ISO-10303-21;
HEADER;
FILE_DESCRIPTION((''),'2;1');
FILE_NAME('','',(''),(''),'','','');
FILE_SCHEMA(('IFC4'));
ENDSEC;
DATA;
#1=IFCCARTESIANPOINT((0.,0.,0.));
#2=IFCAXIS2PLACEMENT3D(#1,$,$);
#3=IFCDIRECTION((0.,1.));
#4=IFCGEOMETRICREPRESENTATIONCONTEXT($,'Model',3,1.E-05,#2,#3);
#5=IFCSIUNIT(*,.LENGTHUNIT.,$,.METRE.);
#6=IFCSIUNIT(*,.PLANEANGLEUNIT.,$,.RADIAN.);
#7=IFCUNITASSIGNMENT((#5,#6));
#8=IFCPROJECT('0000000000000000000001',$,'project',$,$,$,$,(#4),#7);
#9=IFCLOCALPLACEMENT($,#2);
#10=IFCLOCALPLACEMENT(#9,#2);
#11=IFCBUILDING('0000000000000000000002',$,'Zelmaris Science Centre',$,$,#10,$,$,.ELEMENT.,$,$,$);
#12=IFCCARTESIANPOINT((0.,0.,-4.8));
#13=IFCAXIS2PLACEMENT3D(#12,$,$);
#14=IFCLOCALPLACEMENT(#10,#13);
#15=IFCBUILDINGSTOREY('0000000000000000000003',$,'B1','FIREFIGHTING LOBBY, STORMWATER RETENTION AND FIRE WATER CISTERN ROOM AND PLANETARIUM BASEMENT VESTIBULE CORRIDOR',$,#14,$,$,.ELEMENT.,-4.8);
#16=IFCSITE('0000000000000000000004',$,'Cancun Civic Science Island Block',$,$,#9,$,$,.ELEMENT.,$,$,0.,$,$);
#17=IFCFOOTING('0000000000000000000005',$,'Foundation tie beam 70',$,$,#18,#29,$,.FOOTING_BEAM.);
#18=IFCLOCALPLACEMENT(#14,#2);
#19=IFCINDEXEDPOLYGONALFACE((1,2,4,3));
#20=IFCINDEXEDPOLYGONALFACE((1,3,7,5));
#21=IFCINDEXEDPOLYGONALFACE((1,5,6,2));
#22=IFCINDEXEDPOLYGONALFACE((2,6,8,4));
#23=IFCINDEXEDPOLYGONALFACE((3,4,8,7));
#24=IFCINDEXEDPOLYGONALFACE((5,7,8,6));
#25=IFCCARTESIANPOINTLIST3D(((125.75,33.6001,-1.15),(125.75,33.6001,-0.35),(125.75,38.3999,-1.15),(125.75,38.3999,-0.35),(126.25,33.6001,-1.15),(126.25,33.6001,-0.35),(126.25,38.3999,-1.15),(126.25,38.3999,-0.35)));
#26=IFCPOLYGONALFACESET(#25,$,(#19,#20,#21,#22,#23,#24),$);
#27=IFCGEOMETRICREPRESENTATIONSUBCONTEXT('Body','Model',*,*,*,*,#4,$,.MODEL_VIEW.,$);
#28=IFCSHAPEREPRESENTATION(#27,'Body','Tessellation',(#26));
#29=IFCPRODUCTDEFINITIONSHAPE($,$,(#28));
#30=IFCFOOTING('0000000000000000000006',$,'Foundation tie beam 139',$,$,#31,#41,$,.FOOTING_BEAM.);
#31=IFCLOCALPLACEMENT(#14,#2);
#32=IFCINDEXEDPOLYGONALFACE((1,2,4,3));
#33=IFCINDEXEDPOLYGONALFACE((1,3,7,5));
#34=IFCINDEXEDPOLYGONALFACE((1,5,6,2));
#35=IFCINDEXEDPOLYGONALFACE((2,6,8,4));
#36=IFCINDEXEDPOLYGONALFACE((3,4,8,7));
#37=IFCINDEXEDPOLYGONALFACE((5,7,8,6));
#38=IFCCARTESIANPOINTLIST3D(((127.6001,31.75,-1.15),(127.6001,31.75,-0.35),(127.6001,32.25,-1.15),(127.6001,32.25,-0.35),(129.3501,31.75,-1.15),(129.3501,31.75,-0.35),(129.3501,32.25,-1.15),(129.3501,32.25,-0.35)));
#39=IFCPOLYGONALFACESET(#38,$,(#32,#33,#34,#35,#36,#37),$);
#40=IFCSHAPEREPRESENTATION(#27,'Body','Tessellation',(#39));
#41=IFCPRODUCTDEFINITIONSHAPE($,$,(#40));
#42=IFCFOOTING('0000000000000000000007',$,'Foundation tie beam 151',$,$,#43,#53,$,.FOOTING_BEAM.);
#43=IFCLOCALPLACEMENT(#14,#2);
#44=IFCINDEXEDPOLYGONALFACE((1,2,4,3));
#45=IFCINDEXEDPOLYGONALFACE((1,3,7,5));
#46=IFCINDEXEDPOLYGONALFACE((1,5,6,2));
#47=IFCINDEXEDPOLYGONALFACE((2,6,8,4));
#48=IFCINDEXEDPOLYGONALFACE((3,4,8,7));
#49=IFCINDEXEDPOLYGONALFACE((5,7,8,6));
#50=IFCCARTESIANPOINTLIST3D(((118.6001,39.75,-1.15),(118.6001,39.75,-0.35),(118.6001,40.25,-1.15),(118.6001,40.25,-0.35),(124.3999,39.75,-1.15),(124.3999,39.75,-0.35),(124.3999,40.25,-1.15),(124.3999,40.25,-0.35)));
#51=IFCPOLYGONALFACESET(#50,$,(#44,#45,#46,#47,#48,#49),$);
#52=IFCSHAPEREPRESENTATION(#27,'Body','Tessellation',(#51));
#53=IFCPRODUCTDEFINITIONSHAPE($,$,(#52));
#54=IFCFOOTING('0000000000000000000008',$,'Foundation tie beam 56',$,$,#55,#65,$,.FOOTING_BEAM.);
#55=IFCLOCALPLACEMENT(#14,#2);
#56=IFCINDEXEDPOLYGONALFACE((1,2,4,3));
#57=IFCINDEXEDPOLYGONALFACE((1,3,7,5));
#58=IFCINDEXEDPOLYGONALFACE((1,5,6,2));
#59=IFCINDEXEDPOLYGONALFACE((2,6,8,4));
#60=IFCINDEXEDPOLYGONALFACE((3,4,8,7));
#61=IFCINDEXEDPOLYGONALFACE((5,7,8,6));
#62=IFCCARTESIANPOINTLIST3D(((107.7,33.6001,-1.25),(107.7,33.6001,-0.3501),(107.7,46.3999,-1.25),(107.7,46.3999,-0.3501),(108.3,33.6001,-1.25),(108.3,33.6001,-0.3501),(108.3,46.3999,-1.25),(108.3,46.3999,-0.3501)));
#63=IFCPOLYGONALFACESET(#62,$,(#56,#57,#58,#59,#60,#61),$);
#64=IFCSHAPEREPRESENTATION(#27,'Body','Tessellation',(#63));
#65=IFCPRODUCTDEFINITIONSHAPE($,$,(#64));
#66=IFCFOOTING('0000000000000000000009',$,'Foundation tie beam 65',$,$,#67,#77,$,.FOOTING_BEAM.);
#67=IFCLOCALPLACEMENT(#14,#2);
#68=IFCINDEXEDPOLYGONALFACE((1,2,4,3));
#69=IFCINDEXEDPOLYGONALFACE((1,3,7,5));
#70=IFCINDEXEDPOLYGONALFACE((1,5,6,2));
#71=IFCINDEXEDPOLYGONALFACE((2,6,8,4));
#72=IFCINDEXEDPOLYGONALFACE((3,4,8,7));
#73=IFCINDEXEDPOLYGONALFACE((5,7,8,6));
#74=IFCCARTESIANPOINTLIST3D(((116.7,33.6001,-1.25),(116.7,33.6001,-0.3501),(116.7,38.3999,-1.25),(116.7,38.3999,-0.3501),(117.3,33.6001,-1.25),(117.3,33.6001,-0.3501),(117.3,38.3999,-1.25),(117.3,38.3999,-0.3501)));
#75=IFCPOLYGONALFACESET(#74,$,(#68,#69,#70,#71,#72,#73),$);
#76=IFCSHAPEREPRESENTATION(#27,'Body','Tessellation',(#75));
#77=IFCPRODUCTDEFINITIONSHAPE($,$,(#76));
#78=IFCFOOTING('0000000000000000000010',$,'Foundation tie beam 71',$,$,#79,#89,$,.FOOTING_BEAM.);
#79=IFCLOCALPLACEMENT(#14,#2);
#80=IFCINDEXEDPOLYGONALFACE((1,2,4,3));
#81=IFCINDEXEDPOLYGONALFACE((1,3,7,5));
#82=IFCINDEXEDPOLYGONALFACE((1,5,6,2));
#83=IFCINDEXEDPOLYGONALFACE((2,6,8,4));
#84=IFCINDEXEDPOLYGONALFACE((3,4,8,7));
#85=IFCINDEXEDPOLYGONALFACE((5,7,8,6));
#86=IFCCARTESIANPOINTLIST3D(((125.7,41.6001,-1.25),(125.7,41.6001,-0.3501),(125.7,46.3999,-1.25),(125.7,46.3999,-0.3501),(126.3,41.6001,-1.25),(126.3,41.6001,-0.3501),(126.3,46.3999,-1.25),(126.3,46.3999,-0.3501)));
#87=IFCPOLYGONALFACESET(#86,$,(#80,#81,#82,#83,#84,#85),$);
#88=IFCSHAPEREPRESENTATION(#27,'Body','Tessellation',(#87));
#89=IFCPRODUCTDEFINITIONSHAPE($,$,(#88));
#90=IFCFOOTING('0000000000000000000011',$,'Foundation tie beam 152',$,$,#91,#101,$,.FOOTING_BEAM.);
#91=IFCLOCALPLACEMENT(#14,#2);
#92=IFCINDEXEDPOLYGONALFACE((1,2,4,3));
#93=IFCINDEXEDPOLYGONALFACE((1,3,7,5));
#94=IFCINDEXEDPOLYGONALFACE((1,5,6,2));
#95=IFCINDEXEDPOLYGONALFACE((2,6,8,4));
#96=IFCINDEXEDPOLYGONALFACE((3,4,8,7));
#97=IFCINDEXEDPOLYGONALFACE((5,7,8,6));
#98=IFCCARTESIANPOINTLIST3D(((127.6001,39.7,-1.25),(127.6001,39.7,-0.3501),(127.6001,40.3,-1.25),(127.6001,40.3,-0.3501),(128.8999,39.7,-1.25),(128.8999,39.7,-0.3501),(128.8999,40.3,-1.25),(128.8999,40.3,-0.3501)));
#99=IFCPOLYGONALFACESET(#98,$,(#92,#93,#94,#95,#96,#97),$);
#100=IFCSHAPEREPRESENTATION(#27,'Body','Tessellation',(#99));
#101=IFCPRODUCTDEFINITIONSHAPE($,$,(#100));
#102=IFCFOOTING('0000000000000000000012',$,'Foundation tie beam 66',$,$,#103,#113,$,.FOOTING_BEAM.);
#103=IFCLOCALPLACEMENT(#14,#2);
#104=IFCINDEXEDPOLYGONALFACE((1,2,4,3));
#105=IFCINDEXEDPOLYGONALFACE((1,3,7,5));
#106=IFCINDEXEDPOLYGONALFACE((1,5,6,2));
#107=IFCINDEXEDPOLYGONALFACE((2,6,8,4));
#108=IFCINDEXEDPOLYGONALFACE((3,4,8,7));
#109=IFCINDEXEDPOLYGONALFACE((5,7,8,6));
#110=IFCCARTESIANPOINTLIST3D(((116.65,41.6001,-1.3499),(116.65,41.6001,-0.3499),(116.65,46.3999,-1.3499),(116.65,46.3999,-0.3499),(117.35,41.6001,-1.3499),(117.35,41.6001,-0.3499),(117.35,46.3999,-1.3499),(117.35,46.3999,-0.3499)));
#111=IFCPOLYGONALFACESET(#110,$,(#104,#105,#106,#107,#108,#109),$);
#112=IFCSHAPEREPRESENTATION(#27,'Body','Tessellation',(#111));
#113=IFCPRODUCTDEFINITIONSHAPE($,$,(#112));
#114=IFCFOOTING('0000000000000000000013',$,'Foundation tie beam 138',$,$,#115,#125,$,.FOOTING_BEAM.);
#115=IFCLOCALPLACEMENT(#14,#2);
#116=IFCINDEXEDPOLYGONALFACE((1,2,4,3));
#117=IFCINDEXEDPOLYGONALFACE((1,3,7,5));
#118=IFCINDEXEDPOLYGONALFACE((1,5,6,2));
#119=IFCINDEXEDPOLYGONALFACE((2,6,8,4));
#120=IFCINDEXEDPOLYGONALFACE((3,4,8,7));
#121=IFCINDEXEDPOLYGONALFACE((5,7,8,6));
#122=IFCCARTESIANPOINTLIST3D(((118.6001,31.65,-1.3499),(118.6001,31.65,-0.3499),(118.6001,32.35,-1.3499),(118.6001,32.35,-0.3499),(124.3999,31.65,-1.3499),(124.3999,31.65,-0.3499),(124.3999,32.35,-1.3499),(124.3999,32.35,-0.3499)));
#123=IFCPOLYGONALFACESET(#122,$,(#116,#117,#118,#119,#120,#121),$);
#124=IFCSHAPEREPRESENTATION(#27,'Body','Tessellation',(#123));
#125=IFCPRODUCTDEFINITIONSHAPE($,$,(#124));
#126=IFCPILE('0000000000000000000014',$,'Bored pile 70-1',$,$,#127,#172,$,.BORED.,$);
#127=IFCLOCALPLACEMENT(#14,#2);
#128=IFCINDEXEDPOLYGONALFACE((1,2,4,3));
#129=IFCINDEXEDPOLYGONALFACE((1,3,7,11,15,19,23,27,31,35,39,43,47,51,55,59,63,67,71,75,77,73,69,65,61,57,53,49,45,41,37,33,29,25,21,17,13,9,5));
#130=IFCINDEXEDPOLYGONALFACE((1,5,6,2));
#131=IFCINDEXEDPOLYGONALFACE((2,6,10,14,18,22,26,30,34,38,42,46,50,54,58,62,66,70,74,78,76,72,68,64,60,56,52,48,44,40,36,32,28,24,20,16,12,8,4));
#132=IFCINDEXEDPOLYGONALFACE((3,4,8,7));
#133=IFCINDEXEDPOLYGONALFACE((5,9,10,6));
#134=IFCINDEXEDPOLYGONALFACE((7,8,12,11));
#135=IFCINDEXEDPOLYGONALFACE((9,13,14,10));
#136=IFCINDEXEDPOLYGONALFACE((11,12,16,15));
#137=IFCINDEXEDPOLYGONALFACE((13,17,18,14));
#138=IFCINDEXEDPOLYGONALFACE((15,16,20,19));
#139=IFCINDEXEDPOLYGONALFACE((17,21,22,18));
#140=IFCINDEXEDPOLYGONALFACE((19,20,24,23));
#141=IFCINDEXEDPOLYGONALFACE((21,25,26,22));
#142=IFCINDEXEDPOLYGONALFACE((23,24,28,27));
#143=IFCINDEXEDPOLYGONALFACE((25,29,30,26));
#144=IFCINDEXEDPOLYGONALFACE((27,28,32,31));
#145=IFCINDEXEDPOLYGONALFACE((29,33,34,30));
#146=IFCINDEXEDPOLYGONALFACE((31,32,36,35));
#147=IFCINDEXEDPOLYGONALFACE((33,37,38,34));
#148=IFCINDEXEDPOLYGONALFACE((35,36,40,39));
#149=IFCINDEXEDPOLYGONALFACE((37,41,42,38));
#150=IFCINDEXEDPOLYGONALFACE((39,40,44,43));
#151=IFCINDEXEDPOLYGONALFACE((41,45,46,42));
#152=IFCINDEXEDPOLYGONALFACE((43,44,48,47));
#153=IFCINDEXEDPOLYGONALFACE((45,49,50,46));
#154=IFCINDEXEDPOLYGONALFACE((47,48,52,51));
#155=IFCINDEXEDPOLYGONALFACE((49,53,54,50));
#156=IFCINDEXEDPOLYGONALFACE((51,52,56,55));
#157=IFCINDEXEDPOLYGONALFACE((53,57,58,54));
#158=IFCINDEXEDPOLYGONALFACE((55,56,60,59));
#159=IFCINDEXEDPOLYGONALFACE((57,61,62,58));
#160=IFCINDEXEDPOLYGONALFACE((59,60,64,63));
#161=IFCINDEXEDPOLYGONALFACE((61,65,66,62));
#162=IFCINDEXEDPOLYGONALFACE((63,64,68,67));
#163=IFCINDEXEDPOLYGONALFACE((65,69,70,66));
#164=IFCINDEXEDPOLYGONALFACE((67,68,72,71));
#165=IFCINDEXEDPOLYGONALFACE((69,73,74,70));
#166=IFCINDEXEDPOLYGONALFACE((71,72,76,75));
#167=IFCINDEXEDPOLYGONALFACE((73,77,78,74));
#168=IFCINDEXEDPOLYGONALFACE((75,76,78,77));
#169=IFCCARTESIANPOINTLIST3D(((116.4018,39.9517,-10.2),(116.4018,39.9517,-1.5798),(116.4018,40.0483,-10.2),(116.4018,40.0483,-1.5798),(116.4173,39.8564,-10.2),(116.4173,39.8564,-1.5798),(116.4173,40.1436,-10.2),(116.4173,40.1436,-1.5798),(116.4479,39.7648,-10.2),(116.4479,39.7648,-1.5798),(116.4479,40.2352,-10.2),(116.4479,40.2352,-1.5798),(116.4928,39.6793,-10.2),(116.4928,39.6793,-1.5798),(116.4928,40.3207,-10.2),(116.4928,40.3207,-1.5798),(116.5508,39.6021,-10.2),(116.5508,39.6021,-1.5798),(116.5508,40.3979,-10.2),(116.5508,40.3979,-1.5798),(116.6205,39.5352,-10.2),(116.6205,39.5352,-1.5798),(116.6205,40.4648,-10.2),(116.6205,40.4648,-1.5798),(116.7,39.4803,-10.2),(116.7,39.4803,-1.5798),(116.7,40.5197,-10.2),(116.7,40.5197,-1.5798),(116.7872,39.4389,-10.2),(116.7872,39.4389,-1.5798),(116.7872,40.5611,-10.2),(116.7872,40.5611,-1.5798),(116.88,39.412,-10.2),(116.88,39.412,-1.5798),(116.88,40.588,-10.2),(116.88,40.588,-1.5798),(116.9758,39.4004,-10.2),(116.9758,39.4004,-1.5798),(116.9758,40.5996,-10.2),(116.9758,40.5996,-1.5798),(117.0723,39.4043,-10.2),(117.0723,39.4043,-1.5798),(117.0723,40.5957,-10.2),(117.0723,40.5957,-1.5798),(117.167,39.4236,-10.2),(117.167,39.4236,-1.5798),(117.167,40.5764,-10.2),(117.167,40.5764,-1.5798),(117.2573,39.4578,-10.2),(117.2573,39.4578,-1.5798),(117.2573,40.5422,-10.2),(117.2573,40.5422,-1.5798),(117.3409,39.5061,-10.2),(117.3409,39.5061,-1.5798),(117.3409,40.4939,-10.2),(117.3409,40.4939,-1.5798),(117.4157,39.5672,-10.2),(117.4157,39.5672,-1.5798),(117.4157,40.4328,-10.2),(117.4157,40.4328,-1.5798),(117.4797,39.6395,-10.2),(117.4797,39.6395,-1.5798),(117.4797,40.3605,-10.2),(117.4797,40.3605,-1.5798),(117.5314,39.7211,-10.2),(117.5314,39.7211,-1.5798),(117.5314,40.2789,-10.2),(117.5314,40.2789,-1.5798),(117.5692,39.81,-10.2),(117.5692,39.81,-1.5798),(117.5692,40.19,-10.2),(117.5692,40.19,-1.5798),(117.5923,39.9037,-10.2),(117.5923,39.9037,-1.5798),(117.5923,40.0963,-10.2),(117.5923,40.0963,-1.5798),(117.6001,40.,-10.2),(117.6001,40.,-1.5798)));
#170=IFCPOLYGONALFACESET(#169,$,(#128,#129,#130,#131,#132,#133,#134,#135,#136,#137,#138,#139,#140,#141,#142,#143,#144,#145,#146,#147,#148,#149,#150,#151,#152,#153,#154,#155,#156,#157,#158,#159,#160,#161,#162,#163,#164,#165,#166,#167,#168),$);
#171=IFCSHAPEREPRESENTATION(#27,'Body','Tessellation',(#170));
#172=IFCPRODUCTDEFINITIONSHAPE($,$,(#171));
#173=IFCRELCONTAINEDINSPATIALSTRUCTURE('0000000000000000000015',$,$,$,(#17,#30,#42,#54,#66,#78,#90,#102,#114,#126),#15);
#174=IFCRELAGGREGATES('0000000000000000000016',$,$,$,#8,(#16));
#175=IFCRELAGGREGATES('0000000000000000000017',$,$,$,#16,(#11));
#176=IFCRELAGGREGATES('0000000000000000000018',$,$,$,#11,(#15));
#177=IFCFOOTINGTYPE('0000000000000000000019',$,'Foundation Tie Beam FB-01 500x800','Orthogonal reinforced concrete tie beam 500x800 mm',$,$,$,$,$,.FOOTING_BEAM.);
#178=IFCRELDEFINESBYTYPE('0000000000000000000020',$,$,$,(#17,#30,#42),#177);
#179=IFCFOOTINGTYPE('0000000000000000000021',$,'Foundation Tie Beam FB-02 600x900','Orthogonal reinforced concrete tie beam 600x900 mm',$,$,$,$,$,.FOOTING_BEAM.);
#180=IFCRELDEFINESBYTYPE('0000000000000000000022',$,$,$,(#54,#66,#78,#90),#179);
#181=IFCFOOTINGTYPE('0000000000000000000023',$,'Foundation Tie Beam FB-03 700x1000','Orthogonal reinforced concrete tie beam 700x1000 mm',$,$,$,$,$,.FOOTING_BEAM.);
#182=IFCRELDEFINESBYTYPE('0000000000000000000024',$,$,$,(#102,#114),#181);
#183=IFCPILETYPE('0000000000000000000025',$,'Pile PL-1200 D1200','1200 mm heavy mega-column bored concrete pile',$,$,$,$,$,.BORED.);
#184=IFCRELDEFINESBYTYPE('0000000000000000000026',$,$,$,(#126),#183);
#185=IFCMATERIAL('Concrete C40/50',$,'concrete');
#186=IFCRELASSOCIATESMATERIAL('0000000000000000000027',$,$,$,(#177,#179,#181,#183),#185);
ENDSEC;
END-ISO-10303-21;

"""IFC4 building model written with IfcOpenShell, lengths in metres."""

from ifc_helpers import new_model, si_unit, direction, frame, origin, origin_2d, place, context, subcontext, project, spatial, rectangle, circle, extrude, material, material_profile, profile_set, type_object, element, save


model = new_model("IFC4")

# Units and contexts
model_context = context("Model", 3, precision=1e-05, world=origin(), true_north=direction((0.0, 1.0)))
body_context = subcontext(model_context, "Body", "Model", "MODEL_VIEW")
ifc_project = project(units=[si_unit("LENGTHUNIT", "METRE"), si_unit("PLANEANGLEUNIT", "RADIAN")], contexts=[model_context])

# Site, building, storey
site_placement = place(None, origin())
site = spatial("IfcSite", under=ifc_project, at=site_placement, Name="Cancun Civic Science Island Block", CompositionType="ELEMENT", RefElevation=0.0)
building_placement = place(site_placement, origin())
building = spatial("IfcBuilding", under=site, at=building_placement, Name="Zelmaris Science Centre", CompositionType="ELEMENT")
storey_placement = place(building_placement, frame((0.0, 0.0, -4.8)))
storey = spatial("IfcBuildingStorey", under=building, at=storey_placement, Name="B1", Description="FIREFIGHTING LOBBY, STORMWATER RETENTION AND FIRE WATER CISTERN ROOM AND PLANETARIUM BASEMENT VESTIBULE CORRIDOR", CompositionType="ELEMENT", Elevation=-4.8)

# Footings
ifc_material_1 = material(Name="Concrete C40/50", Category="concrete")
ifc_material_profile_1 = material_profile(ifc_material_1, rectangle(XDim=0.5, YDim=0.8, at=origin_2d()), Name="FB-500X800")
ifc_profile_set_1 = profile_set([ifc_material_profile_1], Name="Concrete C40/50")
footing_type_1 = type_object("IfcFootingType", Name="Foundation Tie Beam FB-01 500x800", Description="Orthogonal reinforced concrete tie beam 500x800 mm", PredefinedType="FOOTING_BEAM", material=ifc_profile_set_1)
footing_1_placement = place(storey_placement, frame((126.0, 33.6001, -0.75), z_axis=(0.0, 1.0, 0.0), x_axis=(-1.0, 0.0, 0.0)))
element("IfcFooting", 1, at=footing_1_placement, inside=storey, type_object=footing_type_1, Name="Foundation tie beam 70", PredefinedType="FOOTING_BEAM", context=body_context, shape_type="SweptSolid", body=[
    extrude(rectangle(XDim=0.5, YDim=0.8, at=origin_2d()), origin(), (0.0, 0.0, 1.0), 4.7998),
])
footing_2_placement = place(storey_placement, frame((127.6001, 32.0, -0.75), z_axis=(1.0, 0.0, 0.0), x_axis=(0.0, 1.0, 0.0)))
element("IfcFooting", 2, at=footing_2_placement, inside=storey, type_object=footing_type_1, Name="Foundation tie beam 139", PredefinedType="FOOTING_BEAM", context=body_context, shape_type="SweptSolid", body=[
    extrude(rectangle(XDim=0.5, YDim=0.8, at=origin_2d()), origin(), (0.0, 0.0, 1.0), 1.75),
])
footing_3_placement = place(storey_placement, frame((118.6001, 40.0, -0.75), z_axis=(1.0, 0.0, 0.0), x_axis=(0.0, 1.0, 0.0)))
element("IfcFooting", 3, at=footing_3_placement, inside=storey, type_object=footing_type_1, Name="Foundation tie beam 151", PredefinedType="FOOTING_BEAM", context=body_context, shape_type="SweptSolid", body=[
    extrude(rectangle(XDim=0.5, YDim=0.8, at=origin_2d()), origin(), (0.0, 0.0, 1.0), 5.7998),
])
ifc_material_profile_2 = material_profile(ifc_material_1, rectangle(XDim=0.6001, YDim=0.8999, at=origin_2d()), Name="FB-600X900")
ifc_profile_set_2 = profile_set([ifc_material_profile_2], Name="Concrete C40/50")
footing_type_2 = type_object("IfcFootingType", Name="Foundation Tie Beam FB-02 600x900", Description="Orthogonal reinforced concrete tie beam 600x900 mm", PredefinedType="FOOTING_BEAM", material=ifc_profile_set_2)
footing_4_placement = place(storey_placement, frame((108.0, 33.6001, -0.8), z_axis=(0.0, 1.0, 0.0), x_axis=(-1.0, 0.0, 0.0)))
element("IfcFooting", 4, at=footing_4_placement, inside=storey, type_object=footing_type_2, Name="Foundation tie beam 56", PredefinedType="FOOTING_BEAM", context=body_context, shape_type="SweptSolid", body=[
    extrude(rectangle(XDim=0.6001, YDim=0.8999, at=origin_2d()), origin(), (0.0, 0.0, 1.0), 12.7998),
])
for number, where, z_axis, x_axis, name in (
    (5, (117.0, 33.6001, -0.8), (0.0, 1.0, 0.0), (-1.0, 0.0, 0.0), "Foundation tie beam 65"),
    (6, (126.0, 41.6001, -0.8), (0.0, 1.0, 0.0), (-1.0, 0.0, 0.0), "Foundation tie beam 71"),
):
    element("IfcFooting", number, at=place(storey_placement, frame(where, z_axis=z_axis, x_axis=x_axis)), inside=storey, type_object=footing_type_2, Name=name, PredefinedType="FOOTING_BEAM", context=body_context, shape_type="SweptSolid", body=[
        extrude(rectangle(XDim=0.6001, YDim=0.8999, at=origin_2d()), origin(), (0.0, 0.0, 1.0), 4.7998),
    ])
footing_5_placement = place(storey_placement, frame((127.6001, 40.0, -0.8), z_axis=(1.0, 0.0, 0.0), x_axis=(0.0, 1.0, 0.0)))
element("IfcFooting", 7, at=footing_5_placement, inside=storey, type_object=footing_type_2, Name="Foundation tie beam 152", PredefinedType="FOOTING_BEAM", context=body_context, shape_type="SweptSolid", body=[
    extrude(rectangle(XDim=0.6001, YDim=0.8999, at=origin_2d()), origin(), (0.0, 0.0, 1.0), 1.2998),
])
ifc_material_profile_3 = material_profile(ifc_material_1, rectangle(XDim=0.7, YDim=1.0, at=origin_2d()), Name="FB-700X1000")
ifc_profile_set_3 = profile_set([ifc_material_profile_3], Name="Concrete C40/50")
footing_type_3 = type_object("IfcFootingType", Name="Foundation Tie Beam FB-03 700x1000", Description="Orthogonal reinforced concrete tie beam 700x1000 mm", PredefinedType="FOOTING_BEAM", material=ifc_profile_set_3)
footing_6_placement = place(storey_placement, frame((117.0, 41.6001, -0.8499), z_axis=(0.0, 1.0, 0.0), x_axis=(-1.0, 0.0, 0.0)))
element("IfcFooting", 8, at=footing_6_placement, inside=storey, type_object=footing_type_3, Name="Foundation tie beam 66", PredefinedType="FOOTING_BEAM", context=body_context, shape_type="SweptSolid", body=[
    extrude(rectangle(XDim=0.7, YDim=1.0, at=origin_2d()), origin(), (0.0, 0.0, 1.0), 4.7998),
])
footing_7_placement = place(storey_placement, frame((118.6001, 32.0, -0.8499), z_axis=(1.0, 0.0, 0.0), x_axis=(0.0, 1.0, 0.0)))
element("IfcFooting", 9, at=footing_7_placement, inside=storey, type_object=footing_type_3, Name="Foundation tie beam 138", PredefinedType="FOOTING_BEAM", context=body_context, shape_type="SweptSolid", body=[
    extrude(rectangle(XDim=0.7, YDim=1.0, at=origin_2d()), origin(), (0.0, 0.0, 1.0), 5.7998),
])

# Pile
ifc_material_profile_4 = material_profile(ifc_material_1, circle(Radius=0.6001, at=origin_2d()), Name="PILE-1200")
ifc_profile_set_4 = profile_set([ifc_material_profile_4], Name="Concrete C40/50")
pile_type_1 = type_object("IfcPileType", Name="Pile PL-1200 D1200", Description="1200 mm heavy mega-column bored concrete pile", PredefinedType="BORED", material=ifc_profile_set_4)
pile_1_placement = place(storey_placement, frame((117.0, 40.0, -1.5798), z_axis=(0.0, 0.0, -1.0), x_axis=(1.0, 0.0, 0.0)))
element("IfcPile", 10, at=pile_1_placement, inside=storey, type_object=pile_type_1, Name="Bored pile 70-1", PredefinedType="BORED", context=body_context, shape_type="SweptSolid", body=[
    extrude(circle(Radius=0.6001, at=origin_2d()), origin(), (0.0, 0.0, 1.0), 8.6201),
])

save(model, "model.ifc")
